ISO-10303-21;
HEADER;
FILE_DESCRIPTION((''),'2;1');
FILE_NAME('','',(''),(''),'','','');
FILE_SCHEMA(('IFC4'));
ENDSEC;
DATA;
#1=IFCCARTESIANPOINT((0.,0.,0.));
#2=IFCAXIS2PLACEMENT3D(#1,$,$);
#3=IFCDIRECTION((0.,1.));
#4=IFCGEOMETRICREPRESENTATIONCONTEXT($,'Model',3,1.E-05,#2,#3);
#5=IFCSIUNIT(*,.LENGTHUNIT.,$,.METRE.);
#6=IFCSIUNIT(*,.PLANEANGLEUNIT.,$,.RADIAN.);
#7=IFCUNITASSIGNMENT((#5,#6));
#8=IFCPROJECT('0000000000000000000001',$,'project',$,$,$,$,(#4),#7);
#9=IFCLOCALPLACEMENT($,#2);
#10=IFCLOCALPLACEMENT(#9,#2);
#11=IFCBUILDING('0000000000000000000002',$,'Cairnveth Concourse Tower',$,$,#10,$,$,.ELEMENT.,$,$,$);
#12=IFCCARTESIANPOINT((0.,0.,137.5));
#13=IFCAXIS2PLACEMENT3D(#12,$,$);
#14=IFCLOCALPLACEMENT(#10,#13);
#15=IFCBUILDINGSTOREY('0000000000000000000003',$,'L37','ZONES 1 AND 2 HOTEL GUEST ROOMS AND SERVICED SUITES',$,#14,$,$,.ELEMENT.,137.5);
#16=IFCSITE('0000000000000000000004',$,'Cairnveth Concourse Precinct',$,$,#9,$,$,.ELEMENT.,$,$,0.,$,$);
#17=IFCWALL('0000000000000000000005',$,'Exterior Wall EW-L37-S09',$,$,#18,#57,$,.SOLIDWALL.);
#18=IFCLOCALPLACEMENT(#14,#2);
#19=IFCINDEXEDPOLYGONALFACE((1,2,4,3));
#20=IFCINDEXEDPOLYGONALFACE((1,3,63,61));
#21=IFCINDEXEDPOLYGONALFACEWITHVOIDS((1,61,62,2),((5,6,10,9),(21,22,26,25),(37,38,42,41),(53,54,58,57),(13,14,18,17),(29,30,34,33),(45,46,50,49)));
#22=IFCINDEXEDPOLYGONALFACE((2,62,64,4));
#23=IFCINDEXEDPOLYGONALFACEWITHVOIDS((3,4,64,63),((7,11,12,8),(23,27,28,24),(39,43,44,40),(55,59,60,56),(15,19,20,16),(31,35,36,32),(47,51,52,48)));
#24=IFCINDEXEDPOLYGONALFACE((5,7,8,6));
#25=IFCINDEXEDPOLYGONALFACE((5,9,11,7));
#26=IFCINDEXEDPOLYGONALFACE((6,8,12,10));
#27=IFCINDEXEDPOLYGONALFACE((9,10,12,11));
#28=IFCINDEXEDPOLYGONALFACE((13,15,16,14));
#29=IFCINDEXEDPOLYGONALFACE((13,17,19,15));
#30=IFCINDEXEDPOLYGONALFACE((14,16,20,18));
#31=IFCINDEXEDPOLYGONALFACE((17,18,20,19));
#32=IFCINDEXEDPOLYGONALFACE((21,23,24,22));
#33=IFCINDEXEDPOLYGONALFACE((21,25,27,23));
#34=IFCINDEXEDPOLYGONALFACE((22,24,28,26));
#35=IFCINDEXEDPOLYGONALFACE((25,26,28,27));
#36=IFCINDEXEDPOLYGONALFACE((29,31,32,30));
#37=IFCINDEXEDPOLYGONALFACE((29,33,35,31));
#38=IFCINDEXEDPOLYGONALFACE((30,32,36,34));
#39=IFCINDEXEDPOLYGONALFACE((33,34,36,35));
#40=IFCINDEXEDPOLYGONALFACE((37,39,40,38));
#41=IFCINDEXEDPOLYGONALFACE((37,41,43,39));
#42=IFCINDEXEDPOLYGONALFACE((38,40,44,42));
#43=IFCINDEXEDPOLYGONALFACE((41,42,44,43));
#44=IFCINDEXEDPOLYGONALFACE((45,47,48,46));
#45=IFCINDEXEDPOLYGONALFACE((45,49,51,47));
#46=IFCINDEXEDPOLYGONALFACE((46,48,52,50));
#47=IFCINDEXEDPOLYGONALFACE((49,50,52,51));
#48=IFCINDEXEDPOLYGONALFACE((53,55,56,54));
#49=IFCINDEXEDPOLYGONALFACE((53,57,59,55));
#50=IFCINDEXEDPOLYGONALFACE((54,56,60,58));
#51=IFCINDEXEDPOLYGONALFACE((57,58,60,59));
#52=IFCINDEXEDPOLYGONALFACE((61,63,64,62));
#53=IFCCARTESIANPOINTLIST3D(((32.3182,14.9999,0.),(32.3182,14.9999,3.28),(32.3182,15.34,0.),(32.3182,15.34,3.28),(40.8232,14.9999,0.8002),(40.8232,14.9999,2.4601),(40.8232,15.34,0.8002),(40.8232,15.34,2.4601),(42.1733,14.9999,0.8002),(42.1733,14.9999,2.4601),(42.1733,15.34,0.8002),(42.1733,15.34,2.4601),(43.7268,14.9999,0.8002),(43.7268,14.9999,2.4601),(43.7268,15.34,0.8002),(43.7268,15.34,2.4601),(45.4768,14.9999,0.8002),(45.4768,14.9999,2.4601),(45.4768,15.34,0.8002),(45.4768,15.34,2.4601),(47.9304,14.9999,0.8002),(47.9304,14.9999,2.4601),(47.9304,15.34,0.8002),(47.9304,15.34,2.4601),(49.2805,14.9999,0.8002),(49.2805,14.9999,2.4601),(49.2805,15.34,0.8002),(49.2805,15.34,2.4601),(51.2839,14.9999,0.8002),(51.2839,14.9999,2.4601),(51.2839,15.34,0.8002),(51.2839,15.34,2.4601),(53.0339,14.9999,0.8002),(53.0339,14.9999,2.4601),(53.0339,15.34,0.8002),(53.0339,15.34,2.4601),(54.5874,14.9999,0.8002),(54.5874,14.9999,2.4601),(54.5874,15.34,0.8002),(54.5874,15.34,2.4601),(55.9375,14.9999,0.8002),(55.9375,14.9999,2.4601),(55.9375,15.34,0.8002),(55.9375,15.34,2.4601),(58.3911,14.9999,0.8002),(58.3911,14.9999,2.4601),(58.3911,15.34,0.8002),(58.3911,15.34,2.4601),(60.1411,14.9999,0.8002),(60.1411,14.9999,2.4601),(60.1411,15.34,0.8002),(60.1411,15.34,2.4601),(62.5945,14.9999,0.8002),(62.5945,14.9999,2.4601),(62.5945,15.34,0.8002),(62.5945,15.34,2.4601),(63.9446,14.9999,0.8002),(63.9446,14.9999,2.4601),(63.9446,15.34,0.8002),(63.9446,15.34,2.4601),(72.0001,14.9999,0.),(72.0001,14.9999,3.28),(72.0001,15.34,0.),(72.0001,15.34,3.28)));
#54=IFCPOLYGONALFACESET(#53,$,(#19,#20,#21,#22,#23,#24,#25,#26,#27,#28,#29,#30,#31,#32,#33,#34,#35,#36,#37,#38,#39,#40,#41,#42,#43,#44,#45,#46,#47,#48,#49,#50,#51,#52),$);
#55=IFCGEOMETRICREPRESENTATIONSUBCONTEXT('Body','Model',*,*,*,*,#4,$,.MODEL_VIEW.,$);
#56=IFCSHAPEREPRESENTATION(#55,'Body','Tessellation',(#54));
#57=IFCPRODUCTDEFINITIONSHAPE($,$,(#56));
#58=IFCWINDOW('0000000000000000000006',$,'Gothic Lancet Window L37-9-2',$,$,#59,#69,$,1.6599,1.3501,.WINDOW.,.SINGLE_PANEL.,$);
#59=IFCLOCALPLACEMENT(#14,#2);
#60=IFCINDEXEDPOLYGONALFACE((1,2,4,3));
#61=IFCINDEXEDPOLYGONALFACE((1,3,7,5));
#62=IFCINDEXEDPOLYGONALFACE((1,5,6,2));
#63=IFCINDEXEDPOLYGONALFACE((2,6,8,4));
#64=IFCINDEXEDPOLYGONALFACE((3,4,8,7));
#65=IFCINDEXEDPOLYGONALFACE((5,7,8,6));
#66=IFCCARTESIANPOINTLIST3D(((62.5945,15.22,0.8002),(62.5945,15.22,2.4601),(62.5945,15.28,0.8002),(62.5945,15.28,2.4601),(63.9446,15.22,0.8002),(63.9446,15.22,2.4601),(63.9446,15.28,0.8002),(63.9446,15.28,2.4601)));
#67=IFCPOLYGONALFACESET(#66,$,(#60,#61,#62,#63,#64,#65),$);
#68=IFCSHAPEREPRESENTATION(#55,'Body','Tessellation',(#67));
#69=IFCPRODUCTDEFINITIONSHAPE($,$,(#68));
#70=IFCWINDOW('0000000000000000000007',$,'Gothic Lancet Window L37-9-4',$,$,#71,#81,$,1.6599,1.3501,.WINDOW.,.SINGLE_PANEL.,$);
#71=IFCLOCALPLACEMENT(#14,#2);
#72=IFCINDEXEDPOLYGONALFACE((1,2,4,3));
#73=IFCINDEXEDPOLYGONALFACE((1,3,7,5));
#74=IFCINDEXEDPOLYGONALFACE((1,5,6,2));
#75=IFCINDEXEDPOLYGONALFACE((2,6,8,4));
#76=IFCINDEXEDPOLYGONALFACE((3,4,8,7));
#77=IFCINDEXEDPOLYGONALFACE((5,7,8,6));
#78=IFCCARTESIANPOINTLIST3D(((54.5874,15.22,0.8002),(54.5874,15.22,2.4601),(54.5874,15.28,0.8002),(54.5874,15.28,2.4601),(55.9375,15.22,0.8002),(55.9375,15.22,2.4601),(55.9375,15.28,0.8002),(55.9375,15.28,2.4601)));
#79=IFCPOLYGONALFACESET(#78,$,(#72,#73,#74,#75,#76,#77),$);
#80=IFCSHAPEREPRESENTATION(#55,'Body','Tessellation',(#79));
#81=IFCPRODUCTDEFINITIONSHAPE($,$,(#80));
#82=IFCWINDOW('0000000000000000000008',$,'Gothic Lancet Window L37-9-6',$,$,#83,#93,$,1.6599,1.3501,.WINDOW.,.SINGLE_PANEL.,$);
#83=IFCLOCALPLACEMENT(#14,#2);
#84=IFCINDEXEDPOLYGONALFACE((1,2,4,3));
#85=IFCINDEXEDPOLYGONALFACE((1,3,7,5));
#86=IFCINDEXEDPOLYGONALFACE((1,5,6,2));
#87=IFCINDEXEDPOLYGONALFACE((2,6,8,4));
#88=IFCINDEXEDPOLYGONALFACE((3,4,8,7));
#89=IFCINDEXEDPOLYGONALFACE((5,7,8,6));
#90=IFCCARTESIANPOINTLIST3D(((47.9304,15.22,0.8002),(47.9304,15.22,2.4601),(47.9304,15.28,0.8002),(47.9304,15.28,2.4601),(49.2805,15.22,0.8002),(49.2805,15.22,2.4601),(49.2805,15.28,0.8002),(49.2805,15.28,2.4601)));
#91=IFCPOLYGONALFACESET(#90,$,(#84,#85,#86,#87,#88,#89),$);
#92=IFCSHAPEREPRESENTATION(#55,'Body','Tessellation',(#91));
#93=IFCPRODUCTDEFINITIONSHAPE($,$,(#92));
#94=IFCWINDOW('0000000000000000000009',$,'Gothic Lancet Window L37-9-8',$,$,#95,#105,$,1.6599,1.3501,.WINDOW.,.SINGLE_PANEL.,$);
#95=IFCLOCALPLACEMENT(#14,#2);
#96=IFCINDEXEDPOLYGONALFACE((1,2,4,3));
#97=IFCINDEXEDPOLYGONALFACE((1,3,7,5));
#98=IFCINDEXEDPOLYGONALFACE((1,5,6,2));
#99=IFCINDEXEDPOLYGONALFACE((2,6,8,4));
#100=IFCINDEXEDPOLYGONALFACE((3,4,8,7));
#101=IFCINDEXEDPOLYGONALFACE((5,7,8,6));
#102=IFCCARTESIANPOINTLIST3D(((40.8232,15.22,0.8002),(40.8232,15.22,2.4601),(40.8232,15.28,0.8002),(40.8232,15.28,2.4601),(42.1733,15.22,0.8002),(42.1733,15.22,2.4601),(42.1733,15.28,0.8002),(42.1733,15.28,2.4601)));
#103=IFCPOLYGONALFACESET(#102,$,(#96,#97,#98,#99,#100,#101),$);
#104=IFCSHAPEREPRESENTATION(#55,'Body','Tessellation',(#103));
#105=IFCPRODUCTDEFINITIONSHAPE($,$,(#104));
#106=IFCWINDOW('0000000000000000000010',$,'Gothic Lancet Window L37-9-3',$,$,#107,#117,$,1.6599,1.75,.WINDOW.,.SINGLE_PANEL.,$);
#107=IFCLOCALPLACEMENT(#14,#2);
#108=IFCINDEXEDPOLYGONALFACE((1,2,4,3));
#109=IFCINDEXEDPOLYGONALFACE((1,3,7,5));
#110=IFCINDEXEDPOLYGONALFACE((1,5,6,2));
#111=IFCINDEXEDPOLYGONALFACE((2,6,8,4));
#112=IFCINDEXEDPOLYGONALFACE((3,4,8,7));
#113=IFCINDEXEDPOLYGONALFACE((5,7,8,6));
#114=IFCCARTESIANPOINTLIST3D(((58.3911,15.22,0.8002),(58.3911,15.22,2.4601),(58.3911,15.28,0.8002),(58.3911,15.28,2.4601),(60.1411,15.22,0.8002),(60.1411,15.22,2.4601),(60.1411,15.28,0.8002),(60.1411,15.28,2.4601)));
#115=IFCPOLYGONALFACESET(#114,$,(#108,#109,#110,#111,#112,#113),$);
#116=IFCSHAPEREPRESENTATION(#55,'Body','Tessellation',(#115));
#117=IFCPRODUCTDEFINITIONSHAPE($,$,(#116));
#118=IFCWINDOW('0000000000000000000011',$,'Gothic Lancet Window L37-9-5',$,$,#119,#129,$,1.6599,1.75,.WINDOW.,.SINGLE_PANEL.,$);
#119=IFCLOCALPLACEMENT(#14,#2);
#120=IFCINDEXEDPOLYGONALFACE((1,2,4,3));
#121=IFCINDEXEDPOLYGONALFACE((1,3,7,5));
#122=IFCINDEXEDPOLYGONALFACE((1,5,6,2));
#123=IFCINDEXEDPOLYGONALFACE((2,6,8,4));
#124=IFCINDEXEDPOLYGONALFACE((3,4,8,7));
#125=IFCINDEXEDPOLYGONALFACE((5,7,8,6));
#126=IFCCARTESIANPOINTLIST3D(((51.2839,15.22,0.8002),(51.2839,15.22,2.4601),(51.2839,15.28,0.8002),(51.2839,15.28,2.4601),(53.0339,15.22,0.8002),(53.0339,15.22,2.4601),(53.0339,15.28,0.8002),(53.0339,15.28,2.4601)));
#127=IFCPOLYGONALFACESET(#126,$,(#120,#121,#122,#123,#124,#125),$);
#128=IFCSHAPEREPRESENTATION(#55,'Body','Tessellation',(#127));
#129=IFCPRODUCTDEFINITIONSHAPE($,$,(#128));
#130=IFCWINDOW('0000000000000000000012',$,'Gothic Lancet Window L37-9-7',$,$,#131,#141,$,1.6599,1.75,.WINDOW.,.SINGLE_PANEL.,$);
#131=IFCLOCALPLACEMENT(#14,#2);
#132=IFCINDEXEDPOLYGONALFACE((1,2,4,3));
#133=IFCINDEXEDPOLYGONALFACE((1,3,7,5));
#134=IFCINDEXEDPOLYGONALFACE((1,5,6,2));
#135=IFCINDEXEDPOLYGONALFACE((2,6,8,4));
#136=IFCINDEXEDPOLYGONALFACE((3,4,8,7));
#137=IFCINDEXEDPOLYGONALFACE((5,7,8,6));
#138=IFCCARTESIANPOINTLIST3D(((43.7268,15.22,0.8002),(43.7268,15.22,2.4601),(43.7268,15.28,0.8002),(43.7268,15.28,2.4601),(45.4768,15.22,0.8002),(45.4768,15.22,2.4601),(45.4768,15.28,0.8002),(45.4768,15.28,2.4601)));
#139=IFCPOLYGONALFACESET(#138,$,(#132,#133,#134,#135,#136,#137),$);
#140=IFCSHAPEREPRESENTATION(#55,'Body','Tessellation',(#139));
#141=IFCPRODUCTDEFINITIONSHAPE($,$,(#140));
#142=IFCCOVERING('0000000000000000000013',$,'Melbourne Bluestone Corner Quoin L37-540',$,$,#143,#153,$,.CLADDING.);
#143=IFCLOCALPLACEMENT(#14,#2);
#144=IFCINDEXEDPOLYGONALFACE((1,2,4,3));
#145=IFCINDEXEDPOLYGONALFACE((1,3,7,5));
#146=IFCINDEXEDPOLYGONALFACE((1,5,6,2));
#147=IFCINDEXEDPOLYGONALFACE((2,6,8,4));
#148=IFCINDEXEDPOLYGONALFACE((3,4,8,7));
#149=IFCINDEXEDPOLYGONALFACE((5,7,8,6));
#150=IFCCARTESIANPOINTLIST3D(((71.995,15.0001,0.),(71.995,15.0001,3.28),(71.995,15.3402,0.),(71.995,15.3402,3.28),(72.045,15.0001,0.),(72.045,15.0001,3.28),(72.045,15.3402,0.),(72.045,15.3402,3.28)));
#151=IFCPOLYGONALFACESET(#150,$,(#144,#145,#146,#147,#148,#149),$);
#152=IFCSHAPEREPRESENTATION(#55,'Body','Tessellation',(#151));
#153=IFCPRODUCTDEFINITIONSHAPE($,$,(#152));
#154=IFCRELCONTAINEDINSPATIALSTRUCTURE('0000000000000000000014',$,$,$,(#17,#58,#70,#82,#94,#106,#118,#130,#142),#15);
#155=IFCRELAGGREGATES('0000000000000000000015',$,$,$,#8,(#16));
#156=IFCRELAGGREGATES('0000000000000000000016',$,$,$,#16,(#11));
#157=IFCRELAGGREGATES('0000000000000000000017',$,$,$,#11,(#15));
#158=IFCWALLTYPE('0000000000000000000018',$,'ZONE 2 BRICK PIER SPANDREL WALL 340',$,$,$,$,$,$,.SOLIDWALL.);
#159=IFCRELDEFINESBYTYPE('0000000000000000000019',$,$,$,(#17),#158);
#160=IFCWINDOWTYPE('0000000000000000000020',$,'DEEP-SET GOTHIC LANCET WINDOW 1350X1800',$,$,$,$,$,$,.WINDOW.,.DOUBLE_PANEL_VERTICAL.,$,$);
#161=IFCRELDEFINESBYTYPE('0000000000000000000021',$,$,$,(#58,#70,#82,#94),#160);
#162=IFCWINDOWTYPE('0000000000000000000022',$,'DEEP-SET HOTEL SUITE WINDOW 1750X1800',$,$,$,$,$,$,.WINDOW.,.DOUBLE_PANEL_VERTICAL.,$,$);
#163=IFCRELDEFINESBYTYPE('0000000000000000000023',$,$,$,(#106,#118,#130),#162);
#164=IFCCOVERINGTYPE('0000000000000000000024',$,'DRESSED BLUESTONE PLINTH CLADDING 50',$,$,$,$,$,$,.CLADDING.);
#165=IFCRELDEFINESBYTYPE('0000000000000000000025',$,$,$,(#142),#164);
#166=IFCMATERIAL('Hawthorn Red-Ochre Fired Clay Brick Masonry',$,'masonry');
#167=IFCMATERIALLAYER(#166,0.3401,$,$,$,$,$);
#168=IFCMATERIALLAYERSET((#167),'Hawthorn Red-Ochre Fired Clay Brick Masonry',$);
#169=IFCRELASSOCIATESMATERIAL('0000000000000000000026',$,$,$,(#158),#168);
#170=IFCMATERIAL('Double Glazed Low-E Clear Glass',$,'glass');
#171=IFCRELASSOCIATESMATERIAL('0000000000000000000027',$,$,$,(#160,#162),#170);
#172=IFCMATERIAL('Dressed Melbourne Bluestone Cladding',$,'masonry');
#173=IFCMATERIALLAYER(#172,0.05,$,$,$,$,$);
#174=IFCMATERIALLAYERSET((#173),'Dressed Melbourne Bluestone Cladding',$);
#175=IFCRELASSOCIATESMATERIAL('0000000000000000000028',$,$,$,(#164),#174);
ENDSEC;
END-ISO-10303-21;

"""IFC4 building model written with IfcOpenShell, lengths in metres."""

from ifc_helpers import new_model, si_unit, direction, frame, frame_2d, origin, place, context, subcontext, project, spatial, rectangle, extrude, material, layer, layer_set, type_object, element, fill, save


model = new_model("IFC4")

# Units and contexts
model_context = context("Model", 3, precision=1e-05, world=origin(), true_north=direction((0.0, 1.0)))
body_context = subcontext(model_context, "Body", "Model", "MODEL_VIEW")
ifc_project = project(units=[si_unit("LENGTHUNIT", "METRE"), si_unit("PLANEANGLEUNIT", "RADIAN")], contexts=[model_context])

# Site, building, storey
site_placement = place(None, origin())
site = spatial("IfcSite", under=ifc_project, at=site_placement, Name="Cairnveth Concourse Precinct", CompositionType="ELEMENT", RefElevation=0.0)
building_placement = place(site_placement, origin())
building = spatial("IfcBuilding", under=site, at=building_placement, Name="Cairnveth Concourse Tower", CompositionType="ELEMENT")
storey_placement = place(building_placement, frame((0.0, 0.0, 137.5)))
storey = spatial("IfcBuildingStorey", under=building, at=storey_placement, Name="L37", Description="ZONES 1 AND 2 HOTEL GUEST ROOMS AND SERVICED SUITES", CompositionType="ELEMENT", Elevation=137.5)

# Wall, openings, windows
ifc_material_1 = material(Name="Hawthorn Red-Ochre Fired Clay Brick Masonry", Category="masonry")
ifc_layer_1 = layer(ifc_material_1, 0.3401)
ifc_layer_set_1 = layer_set([ifc_layer_1], Name="Hawthorn Red-Ochre Fired Clay Brick Masonry")
wall_type_1 = type_object("IfcWallType", Name="ZONE 2 BRICK PIER SPANDREL WALL 340", PredefinedType="SOLIDWALL", material=ifc_layer_set_1)
wall_1_placement = place(storey_placement, frame((72.0, 15.1699, 0.0), z_axis=(0.0, 0.0, 1.0), x_axis=(-1.0, 0.0, 0.0)))
wall_1 = element("IfcWall", 1, at=wall_1_placement, inside=storey, type_object=wall_type_1, Name="Exterior Wall EW-L37-S09", PredefinedType="SOLIDWALL", context=body_context, shape_type="SweptSolid", body=[
    extrude(rectangle(XDim=39.6819, YDim=0.3401, at=frame_2d((19.8408, 0.0))), origin(), (0.0, 0.0, 1.0), 3.28),
])
opening_1_placement = place(wall_1_placement, frame((8.0554, 0.0, 0.8)))
opening_1 = element("IfcOpeningElement", 2, at=opening_1_placement, cuts=wall_1, PredefinedType="OPENING", context=body_context, shape_type="SweptSolid", body=[
    extrude(rectangle(XDim=1.3501, YDim=1.6599, at=frame_2d((0.675, 0.8301))), frame((0.0, 0.1799, 0.0), z_axis=(0.0, -1.0, 0.0), x_axis=(1.0, 0.0, 0.0)), (0.0, 0.0, 1.0), 0.3601),
])
opening_2_placement = place(wall_1_placement, frame((11.8589, 0.0, 0.8)))
opening_2 = element("IfcOpeningElement", 3, at=opening_2_placement, cuts=wall_1, PredefinedType="OPENING", context=body_context, shape_type="SweptSolid", body=[
    extrude(rectangle(XDim=1.75, YDim=1.6599, at=frame_2d((0.875, 0.8301))), frame((0.0, 0.1799, 0.0), z_axis=(0.0, -1.0, 0.0), x_axis=(1.0, 0.0, 0.0)), (0.0, 0.0, 1.0), 0.3601),
])
opening_3_placement = place(wall_1_placement, frame((16.0625, 0.0, 0.8)))
opening_3 = element("IfcOpeningElement", 4, at=opening_3_placement, cuts=wall_1, PredefinedType="OPENING", context=body_context, shape_type="SweptSolid", body=[
    extrude(rectangle(XDim=1.3501, YDim=1.6599, at=frame_2d((0.675, 0.8301))), frame((0.0, 0.1799, 0.0), z_axis=(0.0, -1.0, 0.0), x_axis=(1.0, 0.0, 0.0)), (0.0, 0.0, 1.0), 0.3601),
])
opening_4_placement = place(wall_1_placement, frame((18.9661, 0.0, 0.8)))
opening_4 = element("IfcOpeningElement", 5, at=opening_4_placement, cuts=wall_1, PredefinedType="OPENING", context=body_context, shape_type="SweptSolid", body=[
    extrude(rectangle(XDim=1.75, YDim=1.6599, at=frame_2d((0.875, 0.8301))), frame((0.0, 0.1799, 0.0), z_axis=(0.0, -1.0, 0.0), x_axis=(1.0, 0.0, 0.0)), (0.0, 0.0, 1.0), 0.3601),
])
opening_5_placement = place(wall_1_placement, frame((22.7195, 0.0, 0.8)))
opening_5 = element("IfcOpeningElement", 6, at=opening_5_placement, cuts=wall_1, PredefinedType="OPENING", context=body_context, shape_type="SweptSolid", body=[
    extrude(rectangle(XDim=1.3501, YDim=1.6599, at=frame_2d((0.675, 0.8301))), frame((0.0, 0.1799, 0.0), z_axis=(0.0, -1.0, 0.0), x_axis=(1.0, 0.0, 0.0)), (0.0, 0.0, 1.0), 0.3601),
])
opening_6_placement = place(wall_1_placement, frame((26.5232, 0.0, 0.8)))
opening_6 = element("IfcOpeningElement", 7, at=opening_6_placement, cuts=wall_1, PredefinedType="OPENING", context=body_context, shape_type="SweptSolid", body=[
    extrude(rectangle(XDim=1.75, YDim=1.6599, at=frame_2d((0.875, 0.8301))), frame((0.0, 0.1799, 0.0), z_axis=(0.0, -1.0, 0.0), x_axis=(1.0, 0.0, 0.0)), (0.0, 0.0, 1.0), 0.3601),
])
opening_7_placement = place(wall_1_placement, frame((29.8267, 0.0, 0.8)))
opening_7 = element("IfcOpeningElement", 8, at=opening_7_placement, cuts=wall_1, PredefinedType="OPENING", context=body_context, shape_type="SweptSolid", body=[
    extrude(rectangle(XDim=1.3501, YDim=1.6599, at=frame_2d((0.675, 0.8301))), frame((0.0, 0.1799, 0.0), z_axis=(0.0, -1.0, 0.0), x_axis=(1.0, 0.0, 0.0)), (0.0, 0.0, 1.0), 0.3601),
])
ifc_material_2 = material(Name="Double Glazed Low-E Clear Glass", Category="glass")
window_type_1 = type_object("IfcWindowType", Name="DEEP-SET GOTHIC LANCET WINDOW 1350X1800", PartitioningType="DOUBLE_PANEL_VERTICAL", PredefinedType="WINDOW", material=ifc_material_2)
window_1_placement = place(opening_1_placement, origin())
window_1 = element("IfcWindow", 9, at=window_1_placement, inside=storey, type_object=window_type_1, Name="Gothic Lancet Window L37-9-2", OverallHeight=1.6599, OverallWidth=1.3501, PartitioningType="SINGLE_PANEL", PredefinedType="WINDOW", context=body_context, shape_type="SweptSolid", body=[
    extrude(rectangle(XDim=1.3501, YDim=1.6599, at=frame_2d((0.675, 0.8301))), frame((0.0, -0.05, 0.0), z_axis=(0.0, -1.0, 0.0), x_axis=(1.0, 0.0, 0.0)), (0.0, 0.0, 1.0), 0.0601),
])
fill(opening_1, window_1)
window_2_placement = place(opening_3_placement, origin())
window_2 = element("IfcWindow", 10, at=window_2_placement, inside=storey, type_object=window_type_1, Name="Gothic Lancet Window L37-9-4", OverallHeight=1.6599, OverallWidth=1.3501, PartitioningType="SINGLE_PANEL", PredefinedType="WINDOW", context=body_context, shape_type="SweptSolid", body=[
    extrude(rectangle(XDim=1.3501, YDim=1.6599, at=frame_2d((0.675, 0.8301))), frame((0.0, -0.05, 0.0), z_axis=(0.0, -1.0, 0.0), x_axis=(1.0, 0.0, 0.0)), (0.0, 0.0, 1.0), 0.0601),
])
fill(opening_3, window_2)
window_3_placement = place(opening_5_placement, origin())
window_3 = element("IfcWindow", 11, at=window_3_placement, inside=storey, type_object=window_type_1, Name="Gothic Lancet Window L37-9-6", OverallHeight=1.6599, OverallWidth=1.3501, PartitioningType="SINGLE_PANEL", PredefinedType="WINDOW", context=body_context, shape_type="SweptSolid", body=[
    extrude(rectangle(XDim=1.3501, YDim=1.6599, at=frame_2d((0.675, 0.8301))), frame((0.0, -0.05, 0.0), z_axis=(0.0, -1.0, 0.0), x_axis=(1.0, 0.0, 0.0)), (0.0, 0.0, 1.0), 0.0601),
])
fill(opening_5, window_3)
window_4_placement = place(opening_7_placement, origin())
window_4 = element("IfcWindow", 12, at=window_4_placement, inside=storey, type_object=window_type_1, Name="Gothic Lancet Window L37-9-8", OverallHeight=1.6599, OverallWidth=1.3501, PartitioningType="SINGLE_PANEL", PredefinedType="WINDOW", context=body_context, shape_type="SweptSolid", body=[
    extrude(rectangle(XDim=1.3501, YDim=1.6599, at=frame_2d((0.675, 0.8301))), frame((0.0, -0.05, 0.0), z_axis=(0.0, -1.0, 0.0), x_axis=(1.0, 0.0, 0.0)), (0.0, 0.0, 1.0), 0.0601),
])
fill(opening_7, window_4)
window_type_2 = type_object("IfcWindowType", Name="DEEP-SET HOTEL SUITE WINDOW 1750X1800", PartitioningType="DOUBLE_PANEL_VERTICAL", PredefinedType="WINDOW", material=ifc_material_2)
window_5_placement = place(opening_2_placement, origin())
window_5 = element("IfcWindow", 13, at=window_5_placement, inside=storey, type_object=window_type_2, Name="Gothic Lancet Window L37-9-3", OverallHeight=1.6599, OverallWidth=1.75, PartitioningType="SINGLE_PANEL", PredefinedType="WINDOW", context=body_context, shape_type="SweptSolid", body=[
    extrude(rectangle(XDim=1.75, YDim=1.6599, at=frame_2d((0.875, 0.8301))), frame((0.0, -0.05, 0.0), z_axis=(0.0, -1.0, 0.0), x_axis=(1.0, 0.0, 0.0)), (0.0, 0.0, 1.0), 0.0601),
])
fill(opening_2, window_5)
window_6_placement = place(opening_4_placement, origin())
window_6 = element("IfcWindow", 14, at=window_6_placement, inside=storey, type_object=window_type_2, Name="Gothic Lancet Window L37-9-5", OverallHeight=1.6599, OverallWidth=1.75, PartitioningType="SINGLE_PANEL", PredefinedType="WINDOW", context=body_context, shape_type="SweptSolid", body=[
    extrude(rectangle(XDim=1.75, YDim=1.6599, at=frame_2d((0.875, 0.8301))), frame((0.0, -0.05, 0.0), z_axis=(0.0, -1.0, 0.0), x_axis=(1.0, 0.0, 0.0)), (0.0, 0.0, 1.0), 0.0601),
])
fill(opening_4, window_6)
window_7_placement = place(opening_6_placement, origin())
window_7 = element("IfcWindow", 15, at=window_7_placement, inside=storey, type_object=window_type_2, Name="Gothic Lancet Window L37-9-7", OverallHeight=1.6599, OverallWidth=1.75, PartitioningType="SINGLE_PANEL", PredefinedType="WINDOW", context=body_context, shape_type="SweptSolid", body=[
    extrude(rectangle(XDim=1.75, YDim=1.6599, at=frame_2d((0.875, 0.8301))), frame((0.0, -0.05, 0.0), z_axis=(0.0, -1.0, 0.0), x_axis=(1.0, 0.0, 0.0)), (0.0, 0.0, 1.0), 0.0601),
])
fill(opening_6, window_7)

# Covering
ifc_material_3 = material(Name="Dressed Melbourne Bluestone Cladding", Category="masonry")
ifc_layer_2 = layer(ifc_material_3, 0.05)
ifc_layer_set_2 = layer_set([ifc_layer_2], Name="Dressed Melbourne Bluestone Cladding")
covering_type = type_object("IfcCoveringType", Name="DRESSED BLUESTONE PLINTH CLADDING 50", PredefinedType="CLADDING", material=ifc_layer_set_2)
covering_placement = place(storey_placement, frame((72.02, 15.3401, 0.0), z_axis=(0.0, 0.0, 1.0), x_axis=(0.0, -1.0, 0.0)))
element("IfcCovering", 16, at=covering_placement, inside=storey, type_object=covering_type, Name="Melbourne Bluestone Corner Quoin L37-540", PredefinedType="CLADDING", context=body_context, shape_type="SweptSolid", body=[
    extrude(rectangle(XDim=0.3401, YDim=0.05, at=frame_2d((0.1699, 0.0))), origin(), (0.0, 0.0, 1.0), 3.28),
])

save(model, "model.ifc")
